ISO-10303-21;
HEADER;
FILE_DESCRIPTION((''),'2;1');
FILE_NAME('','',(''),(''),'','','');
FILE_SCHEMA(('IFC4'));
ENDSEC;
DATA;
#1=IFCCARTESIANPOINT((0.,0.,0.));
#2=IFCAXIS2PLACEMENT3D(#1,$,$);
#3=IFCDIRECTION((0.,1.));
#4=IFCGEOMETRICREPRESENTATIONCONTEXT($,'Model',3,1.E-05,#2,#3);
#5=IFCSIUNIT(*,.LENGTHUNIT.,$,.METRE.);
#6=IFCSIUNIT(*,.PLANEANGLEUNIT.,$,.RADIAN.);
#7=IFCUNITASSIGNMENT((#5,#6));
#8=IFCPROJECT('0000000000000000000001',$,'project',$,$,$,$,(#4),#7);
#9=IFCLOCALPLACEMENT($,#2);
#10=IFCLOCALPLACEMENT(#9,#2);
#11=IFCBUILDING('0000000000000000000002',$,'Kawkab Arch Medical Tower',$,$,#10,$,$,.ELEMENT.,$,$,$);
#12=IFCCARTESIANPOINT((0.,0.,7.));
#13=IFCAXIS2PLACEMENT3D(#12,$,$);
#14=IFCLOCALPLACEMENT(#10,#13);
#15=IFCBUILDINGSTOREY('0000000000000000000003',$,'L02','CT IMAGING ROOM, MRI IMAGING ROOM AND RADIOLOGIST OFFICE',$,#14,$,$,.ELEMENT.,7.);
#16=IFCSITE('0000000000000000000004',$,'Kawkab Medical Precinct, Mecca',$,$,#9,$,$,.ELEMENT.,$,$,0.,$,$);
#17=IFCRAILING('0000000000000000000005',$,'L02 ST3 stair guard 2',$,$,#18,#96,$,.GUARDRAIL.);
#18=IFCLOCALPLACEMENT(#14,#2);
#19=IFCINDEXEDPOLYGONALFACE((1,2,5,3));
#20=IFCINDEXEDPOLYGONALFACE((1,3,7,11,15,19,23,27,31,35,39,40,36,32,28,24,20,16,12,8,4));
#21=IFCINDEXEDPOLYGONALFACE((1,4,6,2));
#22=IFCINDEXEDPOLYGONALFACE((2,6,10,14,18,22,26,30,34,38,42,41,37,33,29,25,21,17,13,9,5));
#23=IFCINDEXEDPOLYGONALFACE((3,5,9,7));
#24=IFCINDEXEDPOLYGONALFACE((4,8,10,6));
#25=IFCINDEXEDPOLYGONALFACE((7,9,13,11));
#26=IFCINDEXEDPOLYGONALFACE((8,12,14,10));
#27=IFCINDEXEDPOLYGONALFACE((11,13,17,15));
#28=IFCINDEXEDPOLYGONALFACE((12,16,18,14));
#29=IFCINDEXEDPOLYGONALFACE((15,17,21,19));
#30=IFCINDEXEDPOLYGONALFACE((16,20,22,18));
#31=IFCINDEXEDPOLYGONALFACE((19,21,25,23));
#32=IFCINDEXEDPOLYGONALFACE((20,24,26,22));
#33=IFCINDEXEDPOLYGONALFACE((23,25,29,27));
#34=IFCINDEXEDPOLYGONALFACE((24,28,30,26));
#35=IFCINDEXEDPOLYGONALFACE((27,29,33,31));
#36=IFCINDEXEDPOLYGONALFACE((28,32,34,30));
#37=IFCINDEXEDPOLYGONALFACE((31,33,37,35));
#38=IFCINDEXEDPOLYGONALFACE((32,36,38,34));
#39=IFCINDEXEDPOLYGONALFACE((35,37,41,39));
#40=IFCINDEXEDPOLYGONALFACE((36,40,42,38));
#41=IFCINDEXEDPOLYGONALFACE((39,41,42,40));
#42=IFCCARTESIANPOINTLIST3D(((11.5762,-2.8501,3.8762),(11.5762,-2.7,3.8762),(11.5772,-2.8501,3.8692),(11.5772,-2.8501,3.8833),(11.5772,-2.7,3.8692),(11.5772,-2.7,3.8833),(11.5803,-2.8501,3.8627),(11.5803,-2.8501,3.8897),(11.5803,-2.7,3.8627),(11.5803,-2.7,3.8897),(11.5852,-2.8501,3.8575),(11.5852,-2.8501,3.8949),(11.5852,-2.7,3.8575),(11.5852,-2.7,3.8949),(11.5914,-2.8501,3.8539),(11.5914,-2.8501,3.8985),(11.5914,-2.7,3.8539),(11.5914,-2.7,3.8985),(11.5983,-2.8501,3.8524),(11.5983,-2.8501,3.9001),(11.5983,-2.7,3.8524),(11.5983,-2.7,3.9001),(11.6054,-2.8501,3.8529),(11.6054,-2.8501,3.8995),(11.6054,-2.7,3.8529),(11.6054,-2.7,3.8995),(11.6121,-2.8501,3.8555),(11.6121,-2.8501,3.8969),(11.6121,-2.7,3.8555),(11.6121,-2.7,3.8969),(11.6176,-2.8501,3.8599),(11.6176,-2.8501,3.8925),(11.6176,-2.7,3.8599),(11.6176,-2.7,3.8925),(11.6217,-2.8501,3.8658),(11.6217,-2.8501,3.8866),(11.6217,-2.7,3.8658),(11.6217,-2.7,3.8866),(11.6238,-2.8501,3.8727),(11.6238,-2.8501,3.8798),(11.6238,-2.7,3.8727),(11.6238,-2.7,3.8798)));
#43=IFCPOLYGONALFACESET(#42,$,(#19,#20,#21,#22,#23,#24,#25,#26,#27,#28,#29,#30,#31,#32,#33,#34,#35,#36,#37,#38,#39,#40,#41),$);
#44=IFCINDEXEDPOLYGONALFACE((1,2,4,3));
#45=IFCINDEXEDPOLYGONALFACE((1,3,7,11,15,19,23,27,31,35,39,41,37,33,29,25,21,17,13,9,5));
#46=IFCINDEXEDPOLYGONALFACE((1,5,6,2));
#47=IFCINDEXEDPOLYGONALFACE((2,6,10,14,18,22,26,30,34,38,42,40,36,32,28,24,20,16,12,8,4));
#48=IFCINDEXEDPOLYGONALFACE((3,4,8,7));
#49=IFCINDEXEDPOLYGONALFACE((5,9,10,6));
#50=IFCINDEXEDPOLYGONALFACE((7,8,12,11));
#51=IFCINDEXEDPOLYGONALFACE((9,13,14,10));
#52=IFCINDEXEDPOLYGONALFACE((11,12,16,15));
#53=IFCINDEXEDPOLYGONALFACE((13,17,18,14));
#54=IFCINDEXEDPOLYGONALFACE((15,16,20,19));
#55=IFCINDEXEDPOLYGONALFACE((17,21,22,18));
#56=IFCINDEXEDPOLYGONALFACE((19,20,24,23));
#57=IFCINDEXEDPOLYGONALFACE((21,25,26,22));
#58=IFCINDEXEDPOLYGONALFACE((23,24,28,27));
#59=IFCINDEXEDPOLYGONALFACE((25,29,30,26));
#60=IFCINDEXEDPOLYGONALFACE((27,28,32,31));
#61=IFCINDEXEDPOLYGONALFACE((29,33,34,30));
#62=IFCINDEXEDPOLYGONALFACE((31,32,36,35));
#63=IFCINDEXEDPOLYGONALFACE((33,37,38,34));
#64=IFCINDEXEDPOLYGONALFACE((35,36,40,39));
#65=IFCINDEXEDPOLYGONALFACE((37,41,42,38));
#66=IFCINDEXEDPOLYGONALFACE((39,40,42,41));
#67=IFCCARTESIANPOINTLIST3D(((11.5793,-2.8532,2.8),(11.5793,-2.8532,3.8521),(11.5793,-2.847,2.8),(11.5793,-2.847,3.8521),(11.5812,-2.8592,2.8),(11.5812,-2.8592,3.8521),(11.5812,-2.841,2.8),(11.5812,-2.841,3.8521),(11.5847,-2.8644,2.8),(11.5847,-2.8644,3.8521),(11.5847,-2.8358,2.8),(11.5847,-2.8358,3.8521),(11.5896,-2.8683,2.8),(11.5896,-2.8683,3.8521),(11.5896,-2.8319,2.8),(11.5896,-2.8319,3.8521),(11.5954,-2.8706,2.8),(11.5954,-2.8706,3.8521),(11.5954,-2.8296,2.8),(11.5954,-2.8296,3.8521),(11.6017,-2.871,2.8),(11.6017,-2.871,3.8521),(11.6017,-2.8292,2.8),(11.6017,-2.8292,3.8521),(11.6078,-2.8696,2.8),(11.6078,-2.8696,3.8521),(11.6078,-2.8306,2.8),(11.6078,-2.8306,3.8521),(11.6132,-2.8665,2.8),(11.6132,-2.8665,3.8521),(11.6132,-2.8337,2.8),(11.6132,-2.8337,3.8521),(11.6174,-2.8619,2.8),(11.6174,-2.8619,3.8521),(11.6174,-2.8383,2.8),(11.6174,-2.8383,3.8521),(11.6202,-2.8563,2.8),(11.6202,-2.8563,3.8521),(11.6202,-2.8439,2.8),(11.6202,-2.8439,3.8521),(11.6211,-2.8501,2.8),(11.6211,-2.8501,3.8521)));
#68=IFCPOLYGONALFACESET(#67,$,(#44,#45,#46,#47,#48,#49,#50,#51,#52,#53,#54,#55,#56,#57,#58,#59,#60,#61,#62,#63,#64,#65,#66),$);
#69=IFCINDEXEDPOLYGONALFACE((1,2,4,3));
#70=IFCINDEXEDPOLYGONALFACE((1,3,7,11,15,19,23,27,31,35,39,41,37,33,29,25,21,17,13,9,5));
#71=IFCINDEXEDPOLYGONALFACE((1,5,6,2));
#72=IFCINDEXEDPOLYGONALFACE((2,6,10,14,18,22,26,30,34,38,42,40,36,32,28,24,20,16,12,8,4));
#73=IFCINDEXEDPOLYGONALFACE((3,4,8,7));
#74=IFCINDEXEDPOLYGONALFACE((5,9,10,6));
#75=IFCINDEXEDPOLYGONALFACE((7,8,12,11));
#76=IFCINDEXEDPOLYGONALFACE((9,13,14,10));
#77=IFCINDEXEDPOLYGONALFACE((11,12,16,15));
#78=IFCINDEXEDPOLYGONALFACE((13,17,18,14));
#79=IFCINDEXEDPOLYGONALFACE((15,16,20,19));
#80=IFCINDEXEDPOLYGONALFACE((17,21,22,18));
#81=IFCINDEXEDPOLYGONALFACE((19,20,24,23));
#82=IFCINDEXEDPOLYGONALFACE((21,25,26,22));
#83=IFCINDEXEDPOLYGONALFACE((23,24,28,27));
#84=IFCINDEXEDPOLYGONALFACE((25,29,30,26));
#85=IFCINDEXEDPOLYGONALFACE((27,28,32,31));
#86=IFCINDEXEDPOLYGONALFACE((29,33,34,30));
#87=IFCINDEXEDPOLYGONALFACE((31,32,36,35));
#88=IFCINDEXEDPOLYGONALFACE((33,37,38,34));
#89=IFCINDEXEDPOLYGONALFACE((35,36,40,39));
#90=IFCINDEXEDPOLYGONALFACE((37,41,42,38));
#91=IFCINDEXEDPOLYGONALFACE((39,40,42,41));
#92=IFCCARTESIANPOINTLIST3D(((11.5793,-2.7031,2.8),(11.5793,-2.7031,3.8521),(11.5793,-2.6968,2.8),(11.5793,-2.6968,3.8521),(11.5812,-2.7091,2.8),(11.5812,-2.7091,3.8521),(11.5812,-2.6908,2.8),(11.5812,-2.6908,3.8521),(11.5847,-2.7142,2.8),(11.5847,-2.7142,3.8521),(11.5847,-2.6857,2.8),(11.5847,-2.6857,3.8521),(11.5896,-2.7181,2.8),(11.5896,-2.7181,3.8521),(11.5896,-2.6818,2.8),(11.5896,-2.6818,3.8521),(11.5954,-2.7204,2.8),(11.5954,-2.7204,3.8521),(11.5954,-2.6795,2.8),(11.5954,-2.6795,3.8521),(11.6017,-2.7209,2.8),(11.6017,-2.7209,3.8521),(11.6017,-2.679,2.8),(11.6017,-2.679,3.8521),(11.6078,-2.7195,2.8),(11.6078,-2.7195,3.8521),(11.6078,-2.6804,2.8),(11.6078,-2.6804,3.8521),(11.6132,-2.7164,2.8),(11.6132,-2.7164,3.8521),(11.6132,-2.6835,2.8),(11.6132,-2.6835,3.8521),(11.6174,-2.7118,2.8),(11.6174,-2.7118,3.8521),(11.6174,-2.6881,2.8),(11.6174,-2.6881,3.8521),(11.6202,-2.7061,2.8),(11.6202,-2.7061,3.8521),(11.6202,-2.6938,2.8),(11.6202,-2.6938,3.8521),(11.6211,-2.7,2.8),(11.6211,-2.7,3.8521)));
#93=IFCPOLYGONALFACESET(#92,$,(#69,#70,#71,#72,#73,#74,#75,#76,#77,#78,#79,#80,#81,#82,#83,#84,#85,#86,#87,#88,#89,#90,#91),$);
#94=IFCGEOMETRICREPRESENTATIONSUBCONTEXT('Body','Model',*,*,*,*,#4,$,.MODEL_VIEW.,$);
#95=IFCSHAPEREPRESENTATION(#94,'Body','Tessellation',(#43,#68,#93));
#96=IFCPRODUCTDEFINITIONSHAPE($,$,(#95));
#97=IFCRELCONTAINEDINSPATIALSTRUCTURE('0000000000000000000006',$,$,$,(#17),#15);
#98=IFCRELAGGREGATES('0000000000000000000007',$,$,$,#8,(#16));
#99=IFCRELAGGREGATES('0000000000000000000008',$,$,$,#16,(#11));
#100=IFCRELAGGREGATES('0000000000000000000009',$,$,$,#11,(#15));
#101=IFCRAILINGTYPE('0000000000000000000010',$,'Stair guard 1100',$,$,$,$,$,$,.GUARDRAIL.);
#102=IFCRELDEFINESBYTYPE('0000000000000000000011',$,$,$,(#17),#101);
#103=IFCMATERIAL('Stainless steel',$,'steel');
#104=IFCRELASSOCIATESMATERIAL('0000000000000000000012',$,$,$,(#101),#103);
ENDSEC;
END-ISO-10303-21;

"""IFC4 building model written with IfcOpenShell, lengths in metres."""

from ifc_helpers import new_model, si_unit, direction, frame, origin, origin_2d, place, context, subcontext, project, spatial, circle, extrude, material, type_object, element, save


model = new_model("IFC4")

# Units and contexts
model_context = context("Model", 3, precision=1e-05, world=origin(), true_north=direction((0.0, 1.0)))
body_context = subcontext(model_context, "Body", "Model", "MODEL_VIEW")
ifc_project = project(units=[si_unit("LENGTHUNIT", "METRE"), si_unit("PLANEANGLEUNIT", "RADIAN")], contexts=[model_context])

# Site, building, storey
site_placement = place(None, origin())
site = spatial("IfcSite", under=ifc_project, at=site_placement, Name="Kawkab Medical Precinct, Mecca", CompositionType="ELEMENT", RefElevation=0.0)
building_placement = place(site_placement, origin())
building = spatial("IfcBuilding", under=site, at=building_placement, Name="Kawkab Arch Medical Tower", CompositionType="ELEMENT")
storey_placement = place(building_placement, frame((0.0, 0.0, 7.0)))
storey = spatial("IfcBuildingStorey", under=building, at=storey_placement, Name="L02", Description="CT IMAGING ROOM, MRI IMAGING ROOM AND RADIOLOGIST OFFICE", CompositionType="ELEMENT", Elevation=7.0)

# Railing
ifc_material_1 = material(Name="Stainless steel", Category="steel")
railing_type = type_object("IfcRailingType", Name="Stair guard 1100", PredefinedType="GUARDRAIL", material=ifc_material_1)
railing_1_placement = place(storey_placement, frame((11.6001, -2.8501, 2.8)))
element("IfcRailing", 1, at=railing_1_placement, inside=storey, type_object=railing_type, Name="L02 ST3 stair guard 2", PredefinedType="GUARDRAIL", context=body_context, shape_type="SweptSolid", body=[
    extrude(circle(Radius=0.0239, at=origin_2d()), frame((0.0, 0.0, 1.0762), z_axis=(0.0, 1.0, 0.0), x_axis=(-1.0, 0.0, 0.0)), (0.0, 0.0, 1.0), 0.1501),
    extrude(circle(Radius=0.021, at=origin_2d()), origin(), (0.0, 0.0, 1.0), 1.052),
    extrude(circle(Radius=0.021, at=origin_2d()), frame((0.0, 0.1501, 0.0)), (0.0, 0.0, 1.0), 1.052),
])

save(model, "model.ifc")
